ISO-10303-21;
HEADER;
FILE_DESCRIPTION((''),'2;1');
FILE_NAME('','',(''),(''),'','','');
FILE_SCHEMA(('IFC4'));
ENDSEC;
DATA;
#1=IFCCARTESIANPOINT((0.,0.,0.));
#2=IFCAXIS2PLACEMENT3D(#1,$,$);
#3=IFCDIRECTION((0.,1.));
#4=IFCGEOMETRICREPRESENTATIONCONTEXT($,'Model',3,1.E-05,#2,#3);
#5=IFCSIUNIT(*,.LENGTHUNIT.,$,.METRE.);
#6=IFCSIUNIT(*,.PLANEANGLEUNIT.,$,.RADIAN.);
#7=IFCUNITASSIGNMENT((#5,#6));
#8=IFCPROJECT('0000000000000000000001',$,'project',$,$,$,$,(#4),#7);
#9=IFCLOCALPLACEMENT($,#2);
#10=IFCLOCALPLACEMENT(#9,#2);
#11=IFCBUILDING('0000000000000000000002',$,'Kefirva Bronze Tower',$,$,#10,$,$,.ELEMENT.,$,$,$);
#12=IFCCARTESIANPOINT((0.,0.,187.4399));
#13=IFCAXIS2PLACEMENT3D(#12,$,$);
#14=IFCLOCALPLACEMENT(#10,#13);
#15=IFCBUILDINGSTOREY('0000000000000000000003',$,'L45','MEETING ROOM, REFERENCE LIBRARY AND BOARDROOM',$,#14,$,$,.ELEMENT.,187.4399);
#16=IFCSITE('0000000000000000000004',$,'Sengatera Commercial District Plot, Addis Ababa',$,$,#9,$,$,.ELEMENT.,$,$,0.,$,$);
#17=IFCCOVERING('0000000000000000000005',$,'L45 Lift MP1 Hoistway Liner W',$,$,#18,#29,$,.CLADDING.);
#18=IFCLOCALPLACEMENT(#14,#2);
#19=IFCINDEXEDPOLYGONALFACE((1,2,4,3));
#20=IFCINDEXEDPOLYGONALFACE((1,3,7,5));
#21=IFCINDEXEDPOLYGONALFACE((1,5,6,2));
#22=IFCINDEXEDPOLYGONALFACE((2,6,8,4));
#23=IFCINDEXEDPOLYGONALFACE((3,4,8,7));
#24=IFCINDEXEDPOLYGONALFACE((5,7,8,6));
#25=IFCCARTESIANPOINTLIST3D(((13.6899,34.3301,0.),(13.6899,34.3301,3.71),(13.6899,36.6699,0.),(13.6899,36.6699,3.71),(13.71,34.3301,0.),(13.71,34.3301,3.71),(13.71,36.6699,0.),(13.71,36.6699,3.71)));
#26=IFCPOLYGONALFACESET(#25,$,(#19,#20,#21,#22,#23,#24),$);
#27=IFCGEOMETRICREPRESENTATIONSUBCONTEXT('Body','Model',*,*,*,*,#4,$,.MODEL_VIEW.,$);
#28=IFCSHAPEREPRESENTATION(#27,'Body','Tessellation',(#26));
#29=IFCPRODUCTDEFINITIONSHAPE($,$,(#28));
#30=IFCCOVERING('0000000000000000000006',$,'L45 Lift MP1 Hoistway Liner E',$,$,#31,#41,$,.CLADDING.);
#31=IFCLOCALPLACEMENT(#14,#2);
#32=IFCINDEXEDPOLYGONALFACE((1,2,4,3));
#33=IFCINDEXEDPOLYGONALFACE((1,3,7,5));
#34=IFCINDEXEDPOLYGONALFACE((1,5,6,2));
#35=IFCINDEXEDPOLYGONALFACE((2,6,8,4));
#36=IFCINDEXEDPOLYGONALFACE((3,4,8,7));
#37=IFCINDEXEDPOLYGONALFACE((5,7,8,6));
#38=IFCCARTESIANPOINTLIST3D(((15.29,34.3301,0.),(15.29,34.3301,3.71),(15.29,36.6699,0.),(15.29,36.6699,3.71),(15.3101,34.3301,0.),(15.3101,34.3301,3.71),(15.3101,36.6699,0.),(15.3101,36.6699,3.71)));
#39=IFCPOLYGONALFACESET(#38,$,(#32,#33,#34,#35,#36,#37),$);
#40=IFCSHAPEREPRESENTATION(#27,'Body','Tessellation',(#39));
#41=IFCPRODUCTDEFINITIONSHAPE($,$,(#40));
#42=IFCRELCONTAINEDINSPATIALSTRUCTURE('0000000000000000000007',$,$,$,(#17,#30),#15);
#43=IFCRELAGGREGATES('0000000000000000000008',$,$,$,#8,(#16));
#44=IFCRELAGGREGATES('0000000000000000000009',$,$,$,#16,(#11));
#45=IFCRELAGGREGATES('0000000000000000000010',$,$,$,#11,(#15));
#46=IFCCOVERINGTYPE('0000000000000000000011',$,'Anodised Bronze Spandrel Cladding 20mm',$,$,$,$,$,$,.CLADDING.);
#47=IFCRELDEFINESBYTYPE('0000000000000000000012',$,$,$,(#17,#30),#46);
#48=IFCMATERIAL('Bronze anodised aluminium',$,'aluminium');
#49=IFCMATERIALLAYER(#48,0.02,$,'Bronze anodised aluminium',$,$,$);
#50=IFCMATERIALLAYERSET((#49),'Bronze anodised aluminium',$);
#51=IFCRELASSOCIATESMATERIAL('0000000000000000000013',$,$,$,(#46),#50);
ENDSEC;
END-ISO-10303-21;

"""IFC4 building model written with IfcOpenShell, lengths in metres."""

from ifc_helpers import new_model, si_unit, direction, frame, origin, place, context, subcontext, project, spatial, polyline, outline, extrude, material, layer, layer_set, type_object, element, save


model = new_model("IFC4")

# Units and contexts
model_context = context("Model", 3, precision=1e-05, world=origin(), true_north=direction((0.0, 1.0)))
body_context = subcontext(model_context, "Body", "Model", "MODEL_VIEW")
ifc_project = project(units=[si_unit("LENGTHUNIT", "METRE"), si_unit("PLANEANGLEUNIT", "RADIAN")], contexts=[model_context])

# Site, building, storey
site_placement = place(None, origin())
site = spatial("IfcSite", under=ifc_project, at=site_placement, Name="Sengatera Commercial District Plot, Addis Ababa", CompositionType="ELEMENT", RefElevation=0.0)
building_placement = place(site_placement, origin())
building = spatial("IfcBuilding", under=site, at=building_placement, Name="Kefirva Bronze Tower", CompositionType="ELEMENT")
storey_placement = place(building_placement, frame((0.0, 0.0, 187.4399)))
storey = spatial("IfcBuildingStorey", under=building, at=storey_placement, Name="L45", Description="MEETING ROOM, REFERENCE LIBRARY AND BOARDROOM", CompositionType="ELEMENT", Elevation=187.4399)

# Coverings
ifc_material_1 = material(Name="Bronze anodised aluminium", Category="aluminium")
ifc_layer_1 = layer(ifc_material_1, 0.02, Name="Bronze anodised aluminium")
ifc_layer_set_1 = layer_set([ifc_layer_1], Name="Bronze anodised aluminium")
covering_type = type_object("IfcCoveringType", Name="Anodised Bronze Spandrel Cladding 20mm", PredefinedType="CLADDING", material=ifc_layer_set_1)
covering_1_placement = place(storey_placement, origin())
element("IfcCovering", 1, at=covering_1_placement, inside=storey, type_object=covering_type, Name="L45 Lift MP1 Hoistway Liner W", PredefinedType="CLADDING", context=body_context, shape_type="SweptSolid", body=[
    extrude(outline(polyline([(13.6899, 34.3301), (13.71, 34.3301), (13.71, 36.6699), (13.6899, 36.6699), (13.6899, 34.3301)])), origin(), (0.0, 0.0, 1.0), 3.71),
])
covering_2_placement = place(storey_placement, origin())
element("IfcCovering", 2, at=covering_2_placement, inside=storey, type_object=covering_type, Name="L45 Lift MP1 Hoistway Liner E", PredefinedType="CLADDING", context=body_context, shape_type="SweptSolid", body=[
    extrude(outline(polyline([(15.29, 34.3301), (15.3101, 34.3301), (15.3101, 36.6699), (15.29, 36.6699), (15.29, 34.3301)])), origin(), (0.0, 0.0, 1.0), 3.71),
])

save(model, "model.ifc")
